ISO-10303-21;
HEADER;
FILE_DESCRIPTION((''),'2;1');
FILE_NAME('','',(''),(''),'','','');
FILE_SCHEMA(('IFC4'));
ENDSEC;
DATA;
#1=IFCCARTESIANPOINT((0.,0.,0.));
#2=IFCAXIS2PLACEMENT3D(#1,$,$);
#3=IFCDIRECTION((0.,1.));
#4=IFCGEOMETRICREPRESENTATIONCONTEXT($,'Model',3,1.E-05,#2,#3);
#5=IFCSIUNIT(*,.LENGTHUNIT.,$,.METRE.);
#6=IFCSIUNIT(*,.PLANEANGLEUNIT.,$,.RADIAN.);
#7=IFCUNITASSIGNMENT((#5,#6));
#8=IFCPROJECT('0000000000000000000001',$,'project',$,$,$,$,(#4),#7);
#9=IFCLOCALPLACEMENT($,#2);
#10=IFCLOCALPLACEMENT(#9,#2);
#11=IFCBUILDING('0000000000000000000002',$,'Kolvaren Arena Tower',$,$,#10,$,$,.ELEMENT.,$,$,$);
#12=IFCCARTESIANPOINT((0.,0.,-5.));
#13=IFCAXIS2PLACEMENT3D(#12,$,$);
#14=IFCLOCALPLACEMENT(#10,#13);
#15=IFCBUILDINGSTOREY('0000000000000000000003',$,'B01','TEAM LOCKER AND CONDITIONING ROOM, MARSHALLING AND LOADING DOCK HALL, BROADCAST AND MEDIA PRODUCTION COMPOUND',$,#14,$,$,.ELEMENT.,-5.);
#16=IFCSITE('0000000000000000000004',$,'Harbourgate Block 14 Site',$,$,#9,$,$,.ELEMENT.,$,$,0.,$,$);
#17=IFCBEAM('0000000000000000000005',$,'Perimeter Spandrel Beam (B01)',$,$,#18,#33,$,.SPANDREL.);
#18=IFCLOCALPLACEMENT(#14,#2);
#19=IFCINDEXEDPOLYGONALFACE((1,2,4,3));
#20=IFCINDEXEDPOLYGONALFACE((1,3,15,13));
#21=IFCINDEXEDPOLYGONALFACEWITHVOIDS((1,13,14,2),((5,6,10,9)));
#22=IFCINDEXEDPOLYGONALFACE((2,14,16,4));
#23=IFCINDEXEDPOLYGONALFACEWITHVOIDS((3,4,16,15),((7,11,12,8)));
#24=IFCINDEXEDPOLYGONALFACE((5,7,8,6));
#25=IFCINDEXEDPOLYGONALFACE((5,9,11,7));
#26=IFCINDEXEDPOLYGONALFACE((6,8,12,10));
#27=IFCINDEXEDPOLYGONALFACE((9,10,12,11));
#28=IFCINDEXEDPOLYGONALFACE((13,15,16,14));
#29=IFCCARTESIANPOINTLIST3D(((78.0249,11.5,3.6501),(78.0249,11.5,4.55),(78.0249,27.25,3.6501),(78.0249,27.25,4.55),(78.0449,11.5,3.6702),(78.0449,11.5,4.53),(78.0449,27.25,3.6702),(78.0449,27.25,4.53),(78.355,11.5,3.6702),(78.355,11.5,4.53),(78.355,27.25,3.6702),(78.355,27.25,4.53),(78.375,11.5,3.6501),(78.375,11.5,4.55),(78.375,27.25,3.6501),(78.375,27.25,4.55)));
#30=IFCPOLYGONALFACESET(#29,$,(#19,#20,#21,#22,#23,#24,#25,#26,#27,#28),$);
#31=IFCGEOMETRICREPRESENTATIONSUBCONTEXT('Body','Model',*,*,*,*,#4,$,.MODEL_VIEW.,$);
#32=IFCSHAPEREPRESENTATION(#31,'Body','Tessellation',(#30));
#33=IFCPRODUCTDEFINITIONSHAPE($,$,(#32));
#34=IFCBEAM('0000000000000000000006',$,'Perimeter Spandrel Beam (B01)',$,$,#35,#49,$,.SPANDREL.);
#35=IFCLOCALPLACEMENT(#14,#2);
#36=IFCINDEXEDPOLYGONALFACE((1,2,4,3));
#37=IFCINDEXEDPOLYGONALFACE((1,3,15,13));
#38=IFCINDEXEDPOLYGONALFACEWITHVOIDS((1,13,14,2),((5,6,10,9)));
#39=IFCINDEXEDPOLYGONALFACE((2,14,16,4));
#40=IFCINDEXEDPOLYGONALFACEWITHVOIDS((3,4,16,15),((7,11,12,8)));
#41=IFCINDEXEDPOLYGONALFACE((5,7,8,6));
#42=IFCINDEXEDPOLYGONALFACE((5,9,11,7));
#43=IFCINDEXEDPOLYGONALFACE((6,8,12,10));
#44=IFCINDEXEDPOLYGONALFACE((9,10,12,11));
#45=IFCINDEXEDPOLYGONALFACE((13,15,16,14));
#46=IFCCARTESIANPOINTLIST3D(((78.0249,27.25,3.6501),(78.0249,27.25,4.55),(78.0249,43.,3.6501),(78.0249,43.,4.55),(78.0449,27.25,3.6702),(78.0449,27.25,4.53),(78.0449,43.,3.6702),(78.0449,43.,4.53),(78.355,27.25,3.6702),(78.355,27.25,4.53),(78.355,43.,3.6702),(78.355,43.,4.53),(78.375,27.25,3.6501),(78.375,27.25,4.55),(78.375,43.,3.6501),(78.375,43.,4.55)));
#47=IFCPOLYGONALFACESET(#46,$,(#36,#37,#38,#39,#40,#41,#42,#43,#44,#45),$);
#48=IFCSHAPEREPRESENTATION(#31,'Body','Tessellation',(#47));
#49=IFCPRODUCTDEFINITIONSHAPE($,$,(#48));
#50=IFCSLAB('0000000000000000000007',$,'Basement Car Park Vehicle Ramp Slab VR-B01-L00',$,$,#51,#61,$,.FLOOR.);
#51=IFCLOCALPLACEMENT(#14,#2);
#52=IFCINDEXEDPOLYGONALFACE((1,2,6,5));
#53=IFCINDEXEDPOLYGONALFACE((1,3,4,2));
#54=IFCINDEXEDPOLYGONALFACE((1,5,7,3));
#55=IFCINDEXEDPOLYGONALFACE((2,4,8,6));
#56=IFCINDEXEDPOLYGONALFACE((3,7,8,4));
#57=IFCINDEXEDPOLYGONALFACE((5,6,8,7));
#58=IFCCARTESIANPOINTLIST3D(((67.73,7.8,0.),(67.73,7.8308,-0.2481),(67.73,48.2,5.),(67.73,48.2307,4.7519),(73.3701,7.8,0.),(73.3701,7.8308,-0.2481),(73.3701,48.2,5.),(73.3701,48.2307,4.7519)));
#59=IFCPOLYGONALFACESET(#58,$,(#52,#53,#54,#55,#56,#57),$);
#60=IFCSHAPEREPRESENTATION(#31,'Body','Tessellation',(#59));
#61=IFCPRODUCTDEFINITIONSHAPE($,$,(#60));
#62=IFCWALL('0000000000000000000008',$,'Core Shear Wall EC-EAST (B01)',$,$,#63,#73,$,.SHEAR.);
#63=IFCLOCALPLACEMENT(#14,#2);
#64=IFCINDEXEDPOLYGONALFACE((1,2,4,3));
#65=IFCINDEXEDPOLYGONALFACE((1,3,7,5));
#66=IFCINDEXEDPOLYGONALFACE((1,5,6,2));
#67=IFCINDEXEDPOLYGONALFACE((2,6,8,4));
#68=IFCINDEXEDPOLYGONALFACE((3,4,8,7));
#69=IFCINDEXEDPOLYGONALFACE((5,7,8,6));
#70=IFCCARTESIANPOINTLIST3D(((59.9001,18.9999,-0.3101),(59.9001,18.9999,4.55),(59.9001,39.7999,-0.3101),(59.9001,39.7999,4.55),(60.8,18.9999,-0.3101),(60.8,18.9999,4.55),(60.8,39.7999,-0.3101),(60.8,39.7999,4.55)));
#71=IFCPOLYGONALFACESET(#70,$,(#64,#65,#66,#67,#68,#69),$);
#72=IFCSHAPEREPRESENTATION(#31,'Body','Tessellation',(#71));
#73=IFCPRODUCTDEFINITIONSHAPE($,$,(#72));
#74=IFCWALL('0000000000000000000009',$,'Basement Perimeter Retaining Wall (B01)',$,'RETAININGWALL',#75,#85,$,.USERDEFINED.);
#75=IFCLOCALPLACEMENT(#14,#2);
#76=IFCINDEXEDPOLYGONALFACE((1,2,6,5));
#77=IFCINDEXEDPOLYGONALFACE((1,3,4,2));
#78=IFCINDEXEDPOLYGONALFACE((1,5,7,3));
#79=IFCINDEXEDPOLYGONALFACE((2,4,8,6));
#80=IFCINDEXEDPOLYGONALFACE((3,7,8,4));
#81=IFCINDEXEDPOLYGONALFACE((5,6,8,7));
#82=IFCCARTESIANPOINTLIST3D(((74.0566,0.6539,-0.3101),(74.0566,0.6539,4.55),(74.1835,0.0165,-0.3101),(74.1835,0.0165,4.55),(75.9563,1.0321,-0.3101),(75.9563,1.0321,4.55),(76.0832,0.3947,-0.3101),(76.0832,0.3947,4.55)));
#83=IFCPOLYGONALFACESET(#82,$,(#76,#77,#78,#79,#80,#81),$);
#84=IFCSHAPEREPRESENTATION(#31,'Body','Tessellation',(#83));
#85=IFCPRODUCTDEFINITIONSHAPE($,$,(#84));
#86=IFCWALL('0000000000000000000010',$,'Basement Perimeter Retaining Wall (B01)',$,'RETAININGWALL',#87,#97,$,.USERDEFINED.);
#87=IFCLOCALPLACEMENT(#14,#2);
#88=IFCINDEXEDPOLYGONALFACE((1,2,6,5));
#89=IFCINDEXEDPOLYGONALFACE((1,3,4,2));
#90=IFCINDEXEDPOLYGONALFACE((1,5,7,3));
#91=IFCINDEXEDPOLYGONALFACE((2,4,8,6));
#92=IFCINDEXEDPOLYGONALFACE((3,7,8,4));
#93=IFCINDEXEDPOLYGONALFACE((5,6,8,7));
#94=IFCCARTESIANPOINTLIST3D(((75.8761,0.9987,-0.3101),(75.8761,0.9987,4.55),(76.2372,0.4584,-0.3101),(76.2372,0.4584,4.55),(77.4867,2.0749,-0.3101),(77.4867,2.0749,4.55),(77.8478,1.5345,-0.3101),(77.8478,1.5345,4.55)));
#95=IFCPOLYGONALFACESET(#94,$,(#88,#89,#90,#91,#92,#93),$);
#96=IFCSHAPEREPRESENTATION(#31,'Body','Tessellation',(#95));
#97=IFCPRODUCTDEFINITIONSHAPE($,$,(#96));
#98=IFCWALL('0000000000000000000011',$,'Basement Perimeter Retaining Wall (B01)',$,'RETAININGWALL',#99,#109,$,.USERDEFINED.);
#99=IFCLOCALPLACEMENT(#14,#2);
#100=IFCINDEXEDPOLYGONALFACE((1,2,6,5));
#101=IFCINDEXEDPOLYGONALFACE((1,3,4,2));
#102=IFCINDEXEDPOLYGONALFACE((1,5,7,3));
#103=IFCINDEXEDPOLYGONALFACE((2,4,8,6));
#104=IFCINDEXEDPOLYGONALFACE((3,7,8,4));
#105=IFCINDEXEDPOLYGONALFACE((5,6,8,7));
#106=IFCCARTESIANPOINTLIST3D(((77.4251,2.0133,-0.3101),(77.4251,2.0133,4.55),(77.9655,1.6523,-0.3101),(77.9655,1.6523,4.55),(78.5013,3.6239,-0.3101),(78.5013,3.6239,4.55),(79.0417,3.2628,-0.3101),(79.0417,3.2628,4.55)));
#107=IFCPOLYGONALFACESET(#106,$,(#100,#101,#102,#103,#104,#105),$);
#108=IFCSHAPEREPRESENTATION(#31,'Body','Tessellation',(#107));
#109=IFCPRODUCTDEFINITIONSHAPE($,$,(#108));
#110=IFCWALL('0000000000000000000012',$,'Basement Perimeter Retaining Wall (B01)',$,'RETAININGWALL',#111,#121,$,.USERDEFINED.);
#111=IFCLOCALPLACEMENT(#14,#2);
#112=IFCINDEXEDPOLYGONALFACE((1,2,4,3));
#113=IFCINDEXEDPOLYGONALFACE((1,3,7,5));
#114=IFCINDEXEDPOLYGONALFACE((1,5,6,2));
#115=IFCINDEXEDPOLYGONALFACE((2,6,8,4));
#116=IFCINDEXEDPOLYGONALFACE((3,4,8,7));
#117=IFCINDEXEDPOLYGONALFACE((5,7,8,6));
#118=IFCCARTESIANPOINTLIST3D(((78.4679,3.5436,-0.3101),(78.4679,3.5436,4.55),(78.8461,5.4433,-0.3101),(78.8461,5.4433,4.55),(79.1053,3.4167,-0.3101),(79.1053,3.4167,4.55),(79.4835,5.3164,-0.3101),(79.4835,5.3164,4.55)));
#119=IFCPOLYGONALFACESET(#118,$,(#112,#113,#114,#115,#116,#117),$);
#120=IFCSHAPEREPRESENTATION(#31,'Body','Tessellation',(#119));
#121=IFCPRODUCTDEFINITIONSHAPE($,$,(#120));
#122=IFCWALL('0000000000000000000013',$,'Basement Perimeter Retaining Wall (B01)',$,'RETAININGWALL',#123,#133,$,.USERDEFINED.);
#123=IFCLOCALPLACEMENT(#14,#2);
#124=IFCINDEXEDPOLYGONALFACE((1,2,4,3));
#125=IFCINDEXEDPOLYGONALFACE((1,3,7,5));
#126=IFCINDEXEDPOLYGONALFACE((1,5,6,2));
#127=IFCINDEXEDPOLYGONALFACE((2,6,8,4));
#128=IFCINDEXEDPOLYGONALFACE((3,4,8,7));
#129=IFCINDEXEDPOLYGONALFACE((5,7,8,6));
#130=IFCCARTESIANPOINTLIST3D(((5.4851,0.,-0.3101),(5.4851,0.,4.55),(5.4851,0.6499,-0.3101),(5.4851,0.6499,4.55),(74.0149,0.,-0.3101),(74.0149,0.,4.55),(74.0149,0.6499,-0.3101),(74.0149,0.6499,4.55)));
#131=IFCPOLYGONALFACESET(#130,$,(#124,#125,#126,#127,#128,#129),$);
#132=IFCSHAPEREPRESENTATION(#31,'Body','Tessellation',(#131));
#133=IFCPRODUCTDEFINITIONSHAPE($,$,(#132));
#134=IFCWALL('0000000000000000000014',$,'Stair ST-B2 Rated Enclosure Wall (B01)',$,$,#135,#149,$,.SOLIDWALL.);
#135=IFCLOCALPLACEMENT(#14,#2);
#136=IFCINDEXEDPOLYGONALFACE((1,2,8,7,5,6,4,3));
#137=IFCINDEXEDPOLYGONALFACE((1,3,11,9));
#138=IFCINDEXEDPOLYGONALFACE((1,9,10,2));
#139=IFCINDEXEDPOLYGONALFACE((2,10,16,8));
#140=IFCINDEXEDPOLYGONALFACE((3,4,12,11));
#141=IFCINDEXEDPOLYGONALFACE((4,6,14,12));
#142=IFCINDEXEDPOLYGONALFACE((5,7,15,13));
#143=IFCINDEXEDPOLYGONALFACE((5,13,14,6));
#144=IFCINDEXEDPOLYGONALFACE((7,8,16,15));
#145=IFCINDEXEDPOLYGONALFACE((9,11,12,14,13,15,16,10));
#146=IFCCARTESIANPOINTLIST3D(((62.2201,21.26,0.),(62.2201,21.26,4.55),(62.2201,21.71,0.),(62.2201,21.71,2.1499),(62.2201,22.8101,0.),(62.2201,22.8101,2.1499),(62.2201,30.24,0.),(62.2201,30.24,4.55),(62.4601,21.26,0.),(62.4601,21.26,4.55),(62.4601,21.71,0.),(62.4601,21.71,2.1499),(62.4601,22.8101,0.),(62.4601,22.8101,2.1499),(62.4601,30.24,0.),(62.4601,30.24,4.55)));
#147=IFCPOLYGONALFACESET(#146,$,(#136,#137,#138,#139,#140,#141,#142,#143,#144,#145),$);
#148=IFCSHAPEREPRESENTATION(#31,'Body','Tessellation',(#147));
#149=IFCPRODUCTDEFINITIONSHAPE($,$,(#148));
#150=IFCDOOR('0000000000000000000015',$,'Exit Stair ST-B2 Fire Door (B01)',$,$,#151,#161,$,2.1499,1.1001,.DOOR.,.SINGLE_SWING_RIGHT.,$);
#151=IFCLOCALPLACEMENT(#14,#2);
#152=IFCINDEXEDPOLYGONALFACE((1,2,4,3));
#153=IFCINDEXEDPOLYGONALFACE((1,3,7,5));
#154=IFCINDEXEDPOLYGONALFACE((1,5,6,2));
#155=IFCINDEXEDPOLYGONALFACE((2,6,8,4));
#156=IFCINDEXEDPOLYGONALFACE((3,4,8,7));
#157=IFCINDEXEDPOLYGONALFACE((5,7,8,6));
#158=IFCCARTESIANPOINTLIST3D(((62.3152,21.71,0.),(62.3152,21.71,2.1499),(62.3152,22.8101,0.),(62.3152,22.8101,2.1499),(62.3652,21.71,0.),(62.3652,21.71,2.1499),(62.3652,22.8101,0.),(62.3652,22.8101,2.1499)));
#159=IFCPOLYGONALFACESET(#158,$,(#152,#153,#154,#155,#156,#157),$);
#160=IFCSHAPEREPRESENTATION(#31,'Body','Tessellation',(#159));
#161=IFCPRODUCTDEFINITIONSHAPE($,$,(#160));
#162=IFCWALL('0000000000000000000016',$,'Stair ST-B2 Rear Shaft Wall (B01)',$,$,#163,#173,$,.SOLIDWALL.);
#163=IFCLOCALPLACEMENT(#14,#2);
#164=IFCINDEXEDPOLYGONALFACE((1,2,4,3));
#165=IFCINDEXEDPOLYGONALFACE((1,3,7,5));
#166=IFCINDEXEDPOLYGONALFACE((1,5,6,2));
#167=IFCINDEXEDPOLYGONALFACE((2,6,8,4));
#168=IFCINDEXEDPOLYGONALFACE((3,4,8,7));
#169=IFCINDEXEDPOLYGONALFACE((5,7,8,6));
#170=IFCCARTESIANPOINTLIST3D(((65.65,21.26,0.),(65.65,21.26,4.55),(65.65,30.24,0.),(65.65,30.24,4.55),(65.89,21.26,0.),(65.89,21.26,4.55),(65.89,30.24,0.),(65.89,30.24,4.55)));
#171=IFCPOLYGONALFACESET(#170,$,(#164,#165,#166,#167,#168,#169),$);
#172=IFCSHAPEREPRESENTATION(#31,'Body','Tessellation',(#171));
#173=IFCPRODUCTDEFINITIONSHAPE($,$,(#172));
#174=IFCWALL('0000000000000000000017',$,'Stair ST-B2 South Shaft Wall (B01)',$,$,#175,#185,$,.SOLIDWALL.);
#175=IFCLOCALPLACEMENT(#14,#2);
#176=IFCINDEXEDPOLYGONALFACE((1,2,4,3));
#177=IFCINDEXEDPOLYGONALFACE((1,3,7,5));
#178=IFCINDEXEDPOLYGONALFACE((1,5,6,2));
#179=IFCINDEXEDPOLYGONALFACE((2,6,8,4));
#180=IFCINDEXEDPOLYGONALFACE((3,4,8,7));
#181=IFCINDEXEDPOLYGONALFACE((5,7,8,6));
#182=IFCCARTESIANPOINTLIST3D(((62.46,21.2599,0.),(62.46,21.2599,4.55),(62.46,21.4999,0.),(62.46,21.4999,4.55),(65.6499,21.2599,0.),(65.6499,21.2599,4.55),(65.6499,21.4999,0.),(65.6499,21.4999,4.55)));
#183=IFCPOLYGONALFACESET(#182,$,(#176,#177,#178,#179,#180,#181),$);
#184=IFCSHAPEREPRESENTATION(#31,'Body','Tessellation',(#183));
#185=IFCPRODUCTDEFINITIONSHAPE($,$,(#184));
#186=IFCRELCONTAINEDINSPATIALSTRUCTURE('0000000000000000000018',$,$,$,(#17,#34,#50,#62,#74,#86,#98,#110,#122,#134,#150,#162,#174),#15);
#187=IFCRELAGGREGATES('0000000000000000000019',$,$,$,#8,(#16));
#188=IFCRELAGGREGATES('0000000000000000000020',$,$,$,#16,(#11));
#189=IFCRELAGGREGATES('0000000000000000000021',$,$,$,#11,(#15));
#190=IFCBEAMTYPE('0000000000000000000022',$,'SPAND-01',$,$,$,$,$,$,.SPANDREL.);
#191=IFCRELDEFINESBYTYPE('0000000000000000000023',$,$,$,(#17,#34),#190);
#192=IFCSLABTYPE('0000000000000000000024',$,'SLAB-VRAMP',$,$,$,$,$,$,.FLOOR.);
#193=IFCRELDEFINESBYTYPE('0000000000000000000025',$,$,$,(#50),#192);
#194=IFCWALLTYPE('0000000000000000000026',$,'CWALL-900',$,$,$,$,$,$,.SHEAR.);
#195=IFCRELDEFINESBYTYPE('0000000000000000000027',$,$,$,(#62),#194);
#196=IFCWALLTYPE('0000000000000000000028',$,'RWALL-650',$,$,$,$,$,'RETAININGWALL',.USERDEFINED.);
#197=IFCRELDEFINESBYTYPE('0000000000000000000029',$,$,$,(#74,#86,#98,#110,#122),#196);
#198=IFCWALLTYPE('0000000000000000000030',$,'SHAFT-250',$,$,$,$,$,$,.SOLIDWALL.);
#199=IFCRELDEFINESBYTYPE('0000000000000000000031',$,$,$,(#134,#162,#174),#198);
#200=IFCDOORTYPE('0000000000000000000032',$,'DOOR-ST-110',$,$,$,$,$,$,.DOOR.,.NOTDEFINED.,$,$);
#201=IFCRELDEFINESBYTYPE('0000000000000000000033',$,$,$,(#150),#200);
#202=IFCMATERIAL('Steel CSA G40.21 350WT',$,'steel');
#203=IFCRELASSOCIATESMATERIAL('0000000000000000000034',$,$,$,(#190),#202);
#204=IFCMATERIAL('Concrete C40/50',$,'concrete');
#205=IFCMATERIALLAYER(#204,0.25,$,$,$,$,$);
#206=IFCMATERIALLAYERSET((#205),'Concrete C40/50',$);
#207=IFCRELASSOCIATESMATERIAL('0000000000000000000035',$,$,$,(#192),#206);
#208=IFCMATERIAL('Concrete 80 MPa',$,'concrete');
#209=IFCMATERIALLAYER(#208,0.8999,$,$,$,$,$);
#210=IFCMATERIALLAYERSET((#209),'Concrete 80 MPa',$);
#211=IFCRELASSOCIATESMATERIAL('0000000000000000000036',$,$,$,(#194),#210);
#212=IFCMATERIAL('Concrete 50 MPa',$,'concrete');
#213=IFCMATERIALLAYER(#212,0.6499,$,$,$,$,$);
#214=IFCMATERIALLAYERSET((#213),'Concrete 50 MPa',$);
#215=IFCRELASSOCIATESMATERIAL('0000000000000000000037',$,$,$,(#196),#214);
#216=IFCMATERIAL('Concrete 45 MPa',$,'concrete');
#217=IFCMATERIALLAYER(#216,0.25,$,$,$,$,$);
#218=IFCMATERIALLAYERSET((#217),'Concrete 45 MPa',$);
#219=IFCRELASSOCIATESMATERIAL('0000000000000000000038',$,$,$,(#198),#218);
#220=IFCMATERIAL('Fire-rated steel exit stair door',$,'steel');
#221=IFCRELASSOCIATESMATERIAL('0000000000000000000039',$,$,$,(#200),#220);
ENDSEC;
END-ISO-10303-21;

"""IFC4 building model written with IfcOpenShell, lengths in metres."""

from ifc_helpers import new_model, si_unit, direction, frame, frame_2d, origin, origin_2d, place, context, subcontext, project, spatial, polyline, rectangle, hollow_rectangle, outline, extrude, material, layer, layer_set, material_profile, profile_set, type_object, element, fill, save


model = new_model("IFC4")

# Units and contexts
model_context = context("Model", 3, precision=1e-05, world=origin(), true_north=direction((0.0, 1.0)))
body_context = subcontext(model_context, "Body", "Model", "MODEL_VIEW")
ifc_project = project(units=[si_unit("LENGTHUNIT", "METRE"), si_unit("PLANEANGLEUNIT", "RADIAN")], contexts=[model_context])

# Site, building, storey
site_placement = place(None, origin())
site = spatial("IfcSite", under=ifc_project, at=site_placement, Name="Harbourgate Block 14 Site", CompositionType="ELEMENT", RefElevation=0.0)
building_placement = place(site_placement, origin())
building = spatial("IfcBuilding", under=site, at=building_placement, Name="Kolvaren Arena Tower", CompositionType="ELEMENT")
storey_placement = place(building_placement, frame((0.0, 0.0, -5.0)))
storey = spatial("IfcBuildingStorey", under=building, at=storey_placement, Name="B01", Description="TEAM LOCKER AND CONDITIONING ROOM, MARSHALLING AND LOADING DOCK HALL, BROADCAST AND MEDIA PRODUCTION COMPOUND", CompositionType="ELEMENT", Elevation=-5.0)

# Beams
ifc_material_1 = material(Name="Steel CSA G40.21 350WT", Category="steel")
ifc_material_profile_1 = material_profile(ifc_material_1, hollow_rectangle(XDim=0.3501, YDim=0.8999, WallThickness=0.02, at=origin_2d()), Name="HSS 900x350x20")
ifc_profile_set_1 = profile_set([ifc_material_profile_1], Name="Steel CSA G40.21 350WT")
beam_type_1 = type_object("IfcBeamType", Name="SPAND-01", PredefinedType="SPANDREL", material=ifc_profile_set_1)
for number, where, z_axis, x_axis, name in (
    (1, (78.2, 11.5, 4.1001), (0.0, 1.0, 0.0), (-1.0, 0.0, 0.0), "Perimeter Spandrel Beam (B01)"),
    (2, (78.2, 27.25, 4.1001), (0.0, 1.0, 0.0), (-1.0, 0.0, 0.0), "Perimeter Spandrel Beam (B01)"),
):
    element("IfcBeam", number, at=place(storey_placement, frame(where, z_axis=z_axis, x_axis=x_axis)), inside=storey, type_object=beam_type_1, Name=name, PredefinedType="SPANDREL", context=body_context, shape_type="SweptSolid", body=[
        extrude(hollow_rectangle(XDim=0.3501, YDim=0.8999, WallThickness=0.02, at=origin_2d()), origin(), (0.0, 0.0, 1.0), 15.75),
    ])

# Slab
ifc_material_2 = material(Name="Concrete C40/50", Category="concrete")
ifc_layer_1 = layer(ifc_material_2, 0.25)
ifc_layer_set_1 = layer_set([ifc_layer_1], Name="Concrete C40/50")
slab_type = type_object("IfcSlabType", Name="SLAB-VRAMP", PredefinedType="FLOOR", material=ifc_layer_set_1)
slab_placement = place(storey_placement, frame((67.73, 7.8, 0.0), z_axis=(0.0, -0.122826, 0.992428), x_axis=(1.0, 0.0, 0.0)))
element("IfcSlab", 3, at=slab_placement, inside=storey, type_object=slab_type, Name="Basement Car Park Vehicle Ramp Slab VR-B01-L00", PredefinedType="FLOOR", context=body_context, shape_type="SweptSolid", body=[
    extrude(outline(polyline([(0.0, 0.0), (5.6401, 0.0), (5.6401, 40.7081), (0.0, 40.7081), (0.0, 0.0)])), origin(), (0.0, 0.0, -1.0), 0.25),
])

# Walls
ifc_material_3 = material(Name="Concrete 80 MPa", Category="concrete")
ifc_layer_2 = layer(ifc_material_3, 0.8999)
ifc_layer_set_2 = layer_set([ifc_layer_2], Name="Concrete 80 MPa")
wall_type_1 = type_object("IfcWallType", Name="CWALL-900", PredefinedType="SHEAR", material=ifc_layer_set_2)
wall_1_placement = place(storey_placement, frame((60.3501, 19.0, -0.3101), z_axis=(0.0, 0.0, 1.0), x_axis=(0.0, 1.0, 0.0)))
element("IfcWall", 4, at=wall_1_placement, inside=storey, type_object=wall_type_1, Name="Core Shear Wall EC-EAST (B01)", PredefinedType="SHEAR", context=body_context, shape_type="SweptSolid", body=[
    extrude(rectangle(XDim=20.8, YDim=0.8999, at=frame_2d((10.3999, 0.0))), origin(), (0.0, 0.0, 1.0), 4.8601),
])
ifc_material_4 = material(Name="Concrete 50 MPa", Category="concrete")
ifc_layer_3 = layer(ifc_material_4, 0.6499)
ifc_layer_set_3 = layer_set([ifc_layer_3], Name="Concrete 50 MPa")
wall_type_2 = type_object("IfcWallType", Name="RWALL-650", ElementType="RETAININGWALL", PredefinedType="USERDEFINED", material=ifc_layer_set_3)
for number, where, z_axis, x_axis, name in (
    (5, (76.0198, 0.7134, -0.3101), (0.0, 0.0, 1.0), (-0.980755, -0.195243, 0.0), "Basement Perimeter Retaining Wall (B01)"),
    (6, (77.6672, 1.8047, -0.3101), (0.0, 0.0, 1.0), (-0.831468, -0.555572, 0.0), "Basement Perimeter Retaining Wall (B01)"),
    (7, (78.7715, 3.4434, -0.3101), (0.0, 0.0, 1.0), (-0.555572, -0.831468, 0.0), "Basement Perimeter Retaining Wall (B01)"),
    (8, (79.1648, 5.3799, -0.3101), (0.0, 0.0, 1.0), (-0.195243, -0.980755, 0.0), "Basement Perimeter Retaining Wall (B01)"),
):
    element("IfcWall", number, at=place(storey_placement, frame(where, z_axis=z_axis, x_axis=x_axis)), inside=storey, type_object=wall_type_2, Name=name, ObjectType="RETAININGWALL", PredefinedType="USERDEFINED", context=body_context, shape_type="SweptSolid", body=[
        extrude(rectangle(XDim=1.937, YDim=0.6499, at=frame_2d((0.9685, 0.0))), origin(), (0.0, 0.0, 1.0), 4.8601),
    ])
wall_2_placement = place(storey_placement, frame((74.0149, 0.325, -0.3101), z_axis=(0.0, 0.0, 1.0), x_axis=(-1.0, 0.0, 0.0)))
element("IfcWall", 9, at=wall_2_placement, inside=storey, type_object=wall_type_2, Name="Basement Perimeter Retaining Wall (B01)", ObjectType="RETAININGWALL", PredefinedType="USERDEFINED", context=body_context, shape_type="SweptSolid", body=[
    extrude(rectangle(XDim=68.5298, YDim=0.6499, at=frame_2d((34.2649, 0.0))), origin(), (0.0, 0.0, 1.0), 4.8601),
])

# Wall, opening, door
ifc_material_5 = material(Name="Concrete 45 MPa", Category="concrete")
ifc_layer_4 = layer(ifc_material_5, 0.25)
ifc_layer_set_4 = layer_set([ifc_layer_4], Name="Concrete 45 MPa")
wall_type_3 = type_object("IfcWallType", Name="SHAFT-250", PredefinedType="SOLIDWALL", material=ifc_layer_set_4)
wall_3_placement = place(storey_placement, frame((62.3401, 21.26, 0.0), z_axis=(0.0, 0.0, 1.0), x_axis=(0.0, 1.0, 0.0)))
wall_3 = element("IfcWall", 10, at=wall_3_placement, inside=storey, type_object=wall_type_3, Name="Stair ST-B2 Rated Enclosure Wall (B01)", PredefinedType="SOLIDWALL", context=body_context, shape_type="SweptSolid", body=[
    extrude(rectangle(XDim=8.98, YDim=0.24, at=frame_2d((4.49, 0.0))), origin(), (0.0, 0.0, 1.0), 4.55),
])
opening_placement = place(wall_3_placement, frame((0.45, 0.0, 0.0)))
opening = element("IfcOpeningElement", 11, at=opening_placement, cuts=wall_3, PredefinedType="OPENING", context=body_context, shape_type="SweptSolid", body=[
    extrude(rectangle(XDim=1.1001, YDim=2.1499, at=frame_2d((0.55, 1.075))), frame((0.0, 0.1299, 0.0), z_axis=(0.0, -1.0, 0.0), x_axis=(1.0, 0.0, 0.0)), (0.0, 0.0, 1.0), 0.26),
])
ifc_material_6 = material(Name="Fire-rated steel exit stair door", Category="steel")
door_type = type_object("IfcDoorType", Name="DOOR-ST-110", OperationType="NOTDEFINED", PredefinedType="DOOR", material=ifc_material_6)
door_placement = place(opening_placement, origin())
door = element("IfcDoor", 12, at=door_placement, inside=storey, type_object=door_type, Name="Exit Stair ST-B2 Fire Door (B01)", OperationType="SINGLE_SWING_RIGHT", OverallHeight=2.1499, OverallWidth=1.1001, PredefinedType="DOOR", context=body_context, shape_type="SweptSolid", body=[
    extrude(rectangle(XDim=1.1001, YDim=2.1499, at=frame_2d((0.55, 1.075))), frame((0.0, 0.0249, 0.0), z_axis=(0.0, -1.0, 0.0), x_axis=(1.0, 0.0, 0.0)), (0.0, 0.0, 1.0), 0.05),
])
fill(opening, door)

# Walls
wall_4_placement = place(storey_placement, frame((65.77, 21.26, 0.0), z_axis=(0.0, 0.0, 1.0), x_axis=(0.0, 1.0, 0.0)))
element("IfcWall", 13, at=wall_4_placement, inside=storey, type_object=wall_type_3, Name="Stair ST-B2 Rear Shaft Wall (B01)", PredefinedType="SOLIDWALL", context=body_context, shape_type="SweptSolid", body=[
    extrude(rectangle(XDim=8.98, YDim=0.24, at=frame_2d((4.49, 0.0))), origin(), (0.0, 0.0, 1.0), 4.55),
])
wall_5_placement = place(storey_placement, frame((62.46, 21.3799, 0.0), z_axis=(0.0, 0.0, 1.0), x_axis=(1.0, 0.0, 0.0)))
element("IfcWall", 14, at=wall_5_placement, inside=storey, type_object=wall_type_3, Name="Stair ST-B2 South Shaft Wall (B01)", PredefinedType="SOLIDWALL", context=body_context, shape_type="SweptSolid", body=[
    extrude(rectangle(XDim=3.1899, YDim=0.24, at=frame_2d((1.595, 0.0))), origin(), (0.0, 0.0, 1.0), 4.55),
])

save(model, "model.ifc")
